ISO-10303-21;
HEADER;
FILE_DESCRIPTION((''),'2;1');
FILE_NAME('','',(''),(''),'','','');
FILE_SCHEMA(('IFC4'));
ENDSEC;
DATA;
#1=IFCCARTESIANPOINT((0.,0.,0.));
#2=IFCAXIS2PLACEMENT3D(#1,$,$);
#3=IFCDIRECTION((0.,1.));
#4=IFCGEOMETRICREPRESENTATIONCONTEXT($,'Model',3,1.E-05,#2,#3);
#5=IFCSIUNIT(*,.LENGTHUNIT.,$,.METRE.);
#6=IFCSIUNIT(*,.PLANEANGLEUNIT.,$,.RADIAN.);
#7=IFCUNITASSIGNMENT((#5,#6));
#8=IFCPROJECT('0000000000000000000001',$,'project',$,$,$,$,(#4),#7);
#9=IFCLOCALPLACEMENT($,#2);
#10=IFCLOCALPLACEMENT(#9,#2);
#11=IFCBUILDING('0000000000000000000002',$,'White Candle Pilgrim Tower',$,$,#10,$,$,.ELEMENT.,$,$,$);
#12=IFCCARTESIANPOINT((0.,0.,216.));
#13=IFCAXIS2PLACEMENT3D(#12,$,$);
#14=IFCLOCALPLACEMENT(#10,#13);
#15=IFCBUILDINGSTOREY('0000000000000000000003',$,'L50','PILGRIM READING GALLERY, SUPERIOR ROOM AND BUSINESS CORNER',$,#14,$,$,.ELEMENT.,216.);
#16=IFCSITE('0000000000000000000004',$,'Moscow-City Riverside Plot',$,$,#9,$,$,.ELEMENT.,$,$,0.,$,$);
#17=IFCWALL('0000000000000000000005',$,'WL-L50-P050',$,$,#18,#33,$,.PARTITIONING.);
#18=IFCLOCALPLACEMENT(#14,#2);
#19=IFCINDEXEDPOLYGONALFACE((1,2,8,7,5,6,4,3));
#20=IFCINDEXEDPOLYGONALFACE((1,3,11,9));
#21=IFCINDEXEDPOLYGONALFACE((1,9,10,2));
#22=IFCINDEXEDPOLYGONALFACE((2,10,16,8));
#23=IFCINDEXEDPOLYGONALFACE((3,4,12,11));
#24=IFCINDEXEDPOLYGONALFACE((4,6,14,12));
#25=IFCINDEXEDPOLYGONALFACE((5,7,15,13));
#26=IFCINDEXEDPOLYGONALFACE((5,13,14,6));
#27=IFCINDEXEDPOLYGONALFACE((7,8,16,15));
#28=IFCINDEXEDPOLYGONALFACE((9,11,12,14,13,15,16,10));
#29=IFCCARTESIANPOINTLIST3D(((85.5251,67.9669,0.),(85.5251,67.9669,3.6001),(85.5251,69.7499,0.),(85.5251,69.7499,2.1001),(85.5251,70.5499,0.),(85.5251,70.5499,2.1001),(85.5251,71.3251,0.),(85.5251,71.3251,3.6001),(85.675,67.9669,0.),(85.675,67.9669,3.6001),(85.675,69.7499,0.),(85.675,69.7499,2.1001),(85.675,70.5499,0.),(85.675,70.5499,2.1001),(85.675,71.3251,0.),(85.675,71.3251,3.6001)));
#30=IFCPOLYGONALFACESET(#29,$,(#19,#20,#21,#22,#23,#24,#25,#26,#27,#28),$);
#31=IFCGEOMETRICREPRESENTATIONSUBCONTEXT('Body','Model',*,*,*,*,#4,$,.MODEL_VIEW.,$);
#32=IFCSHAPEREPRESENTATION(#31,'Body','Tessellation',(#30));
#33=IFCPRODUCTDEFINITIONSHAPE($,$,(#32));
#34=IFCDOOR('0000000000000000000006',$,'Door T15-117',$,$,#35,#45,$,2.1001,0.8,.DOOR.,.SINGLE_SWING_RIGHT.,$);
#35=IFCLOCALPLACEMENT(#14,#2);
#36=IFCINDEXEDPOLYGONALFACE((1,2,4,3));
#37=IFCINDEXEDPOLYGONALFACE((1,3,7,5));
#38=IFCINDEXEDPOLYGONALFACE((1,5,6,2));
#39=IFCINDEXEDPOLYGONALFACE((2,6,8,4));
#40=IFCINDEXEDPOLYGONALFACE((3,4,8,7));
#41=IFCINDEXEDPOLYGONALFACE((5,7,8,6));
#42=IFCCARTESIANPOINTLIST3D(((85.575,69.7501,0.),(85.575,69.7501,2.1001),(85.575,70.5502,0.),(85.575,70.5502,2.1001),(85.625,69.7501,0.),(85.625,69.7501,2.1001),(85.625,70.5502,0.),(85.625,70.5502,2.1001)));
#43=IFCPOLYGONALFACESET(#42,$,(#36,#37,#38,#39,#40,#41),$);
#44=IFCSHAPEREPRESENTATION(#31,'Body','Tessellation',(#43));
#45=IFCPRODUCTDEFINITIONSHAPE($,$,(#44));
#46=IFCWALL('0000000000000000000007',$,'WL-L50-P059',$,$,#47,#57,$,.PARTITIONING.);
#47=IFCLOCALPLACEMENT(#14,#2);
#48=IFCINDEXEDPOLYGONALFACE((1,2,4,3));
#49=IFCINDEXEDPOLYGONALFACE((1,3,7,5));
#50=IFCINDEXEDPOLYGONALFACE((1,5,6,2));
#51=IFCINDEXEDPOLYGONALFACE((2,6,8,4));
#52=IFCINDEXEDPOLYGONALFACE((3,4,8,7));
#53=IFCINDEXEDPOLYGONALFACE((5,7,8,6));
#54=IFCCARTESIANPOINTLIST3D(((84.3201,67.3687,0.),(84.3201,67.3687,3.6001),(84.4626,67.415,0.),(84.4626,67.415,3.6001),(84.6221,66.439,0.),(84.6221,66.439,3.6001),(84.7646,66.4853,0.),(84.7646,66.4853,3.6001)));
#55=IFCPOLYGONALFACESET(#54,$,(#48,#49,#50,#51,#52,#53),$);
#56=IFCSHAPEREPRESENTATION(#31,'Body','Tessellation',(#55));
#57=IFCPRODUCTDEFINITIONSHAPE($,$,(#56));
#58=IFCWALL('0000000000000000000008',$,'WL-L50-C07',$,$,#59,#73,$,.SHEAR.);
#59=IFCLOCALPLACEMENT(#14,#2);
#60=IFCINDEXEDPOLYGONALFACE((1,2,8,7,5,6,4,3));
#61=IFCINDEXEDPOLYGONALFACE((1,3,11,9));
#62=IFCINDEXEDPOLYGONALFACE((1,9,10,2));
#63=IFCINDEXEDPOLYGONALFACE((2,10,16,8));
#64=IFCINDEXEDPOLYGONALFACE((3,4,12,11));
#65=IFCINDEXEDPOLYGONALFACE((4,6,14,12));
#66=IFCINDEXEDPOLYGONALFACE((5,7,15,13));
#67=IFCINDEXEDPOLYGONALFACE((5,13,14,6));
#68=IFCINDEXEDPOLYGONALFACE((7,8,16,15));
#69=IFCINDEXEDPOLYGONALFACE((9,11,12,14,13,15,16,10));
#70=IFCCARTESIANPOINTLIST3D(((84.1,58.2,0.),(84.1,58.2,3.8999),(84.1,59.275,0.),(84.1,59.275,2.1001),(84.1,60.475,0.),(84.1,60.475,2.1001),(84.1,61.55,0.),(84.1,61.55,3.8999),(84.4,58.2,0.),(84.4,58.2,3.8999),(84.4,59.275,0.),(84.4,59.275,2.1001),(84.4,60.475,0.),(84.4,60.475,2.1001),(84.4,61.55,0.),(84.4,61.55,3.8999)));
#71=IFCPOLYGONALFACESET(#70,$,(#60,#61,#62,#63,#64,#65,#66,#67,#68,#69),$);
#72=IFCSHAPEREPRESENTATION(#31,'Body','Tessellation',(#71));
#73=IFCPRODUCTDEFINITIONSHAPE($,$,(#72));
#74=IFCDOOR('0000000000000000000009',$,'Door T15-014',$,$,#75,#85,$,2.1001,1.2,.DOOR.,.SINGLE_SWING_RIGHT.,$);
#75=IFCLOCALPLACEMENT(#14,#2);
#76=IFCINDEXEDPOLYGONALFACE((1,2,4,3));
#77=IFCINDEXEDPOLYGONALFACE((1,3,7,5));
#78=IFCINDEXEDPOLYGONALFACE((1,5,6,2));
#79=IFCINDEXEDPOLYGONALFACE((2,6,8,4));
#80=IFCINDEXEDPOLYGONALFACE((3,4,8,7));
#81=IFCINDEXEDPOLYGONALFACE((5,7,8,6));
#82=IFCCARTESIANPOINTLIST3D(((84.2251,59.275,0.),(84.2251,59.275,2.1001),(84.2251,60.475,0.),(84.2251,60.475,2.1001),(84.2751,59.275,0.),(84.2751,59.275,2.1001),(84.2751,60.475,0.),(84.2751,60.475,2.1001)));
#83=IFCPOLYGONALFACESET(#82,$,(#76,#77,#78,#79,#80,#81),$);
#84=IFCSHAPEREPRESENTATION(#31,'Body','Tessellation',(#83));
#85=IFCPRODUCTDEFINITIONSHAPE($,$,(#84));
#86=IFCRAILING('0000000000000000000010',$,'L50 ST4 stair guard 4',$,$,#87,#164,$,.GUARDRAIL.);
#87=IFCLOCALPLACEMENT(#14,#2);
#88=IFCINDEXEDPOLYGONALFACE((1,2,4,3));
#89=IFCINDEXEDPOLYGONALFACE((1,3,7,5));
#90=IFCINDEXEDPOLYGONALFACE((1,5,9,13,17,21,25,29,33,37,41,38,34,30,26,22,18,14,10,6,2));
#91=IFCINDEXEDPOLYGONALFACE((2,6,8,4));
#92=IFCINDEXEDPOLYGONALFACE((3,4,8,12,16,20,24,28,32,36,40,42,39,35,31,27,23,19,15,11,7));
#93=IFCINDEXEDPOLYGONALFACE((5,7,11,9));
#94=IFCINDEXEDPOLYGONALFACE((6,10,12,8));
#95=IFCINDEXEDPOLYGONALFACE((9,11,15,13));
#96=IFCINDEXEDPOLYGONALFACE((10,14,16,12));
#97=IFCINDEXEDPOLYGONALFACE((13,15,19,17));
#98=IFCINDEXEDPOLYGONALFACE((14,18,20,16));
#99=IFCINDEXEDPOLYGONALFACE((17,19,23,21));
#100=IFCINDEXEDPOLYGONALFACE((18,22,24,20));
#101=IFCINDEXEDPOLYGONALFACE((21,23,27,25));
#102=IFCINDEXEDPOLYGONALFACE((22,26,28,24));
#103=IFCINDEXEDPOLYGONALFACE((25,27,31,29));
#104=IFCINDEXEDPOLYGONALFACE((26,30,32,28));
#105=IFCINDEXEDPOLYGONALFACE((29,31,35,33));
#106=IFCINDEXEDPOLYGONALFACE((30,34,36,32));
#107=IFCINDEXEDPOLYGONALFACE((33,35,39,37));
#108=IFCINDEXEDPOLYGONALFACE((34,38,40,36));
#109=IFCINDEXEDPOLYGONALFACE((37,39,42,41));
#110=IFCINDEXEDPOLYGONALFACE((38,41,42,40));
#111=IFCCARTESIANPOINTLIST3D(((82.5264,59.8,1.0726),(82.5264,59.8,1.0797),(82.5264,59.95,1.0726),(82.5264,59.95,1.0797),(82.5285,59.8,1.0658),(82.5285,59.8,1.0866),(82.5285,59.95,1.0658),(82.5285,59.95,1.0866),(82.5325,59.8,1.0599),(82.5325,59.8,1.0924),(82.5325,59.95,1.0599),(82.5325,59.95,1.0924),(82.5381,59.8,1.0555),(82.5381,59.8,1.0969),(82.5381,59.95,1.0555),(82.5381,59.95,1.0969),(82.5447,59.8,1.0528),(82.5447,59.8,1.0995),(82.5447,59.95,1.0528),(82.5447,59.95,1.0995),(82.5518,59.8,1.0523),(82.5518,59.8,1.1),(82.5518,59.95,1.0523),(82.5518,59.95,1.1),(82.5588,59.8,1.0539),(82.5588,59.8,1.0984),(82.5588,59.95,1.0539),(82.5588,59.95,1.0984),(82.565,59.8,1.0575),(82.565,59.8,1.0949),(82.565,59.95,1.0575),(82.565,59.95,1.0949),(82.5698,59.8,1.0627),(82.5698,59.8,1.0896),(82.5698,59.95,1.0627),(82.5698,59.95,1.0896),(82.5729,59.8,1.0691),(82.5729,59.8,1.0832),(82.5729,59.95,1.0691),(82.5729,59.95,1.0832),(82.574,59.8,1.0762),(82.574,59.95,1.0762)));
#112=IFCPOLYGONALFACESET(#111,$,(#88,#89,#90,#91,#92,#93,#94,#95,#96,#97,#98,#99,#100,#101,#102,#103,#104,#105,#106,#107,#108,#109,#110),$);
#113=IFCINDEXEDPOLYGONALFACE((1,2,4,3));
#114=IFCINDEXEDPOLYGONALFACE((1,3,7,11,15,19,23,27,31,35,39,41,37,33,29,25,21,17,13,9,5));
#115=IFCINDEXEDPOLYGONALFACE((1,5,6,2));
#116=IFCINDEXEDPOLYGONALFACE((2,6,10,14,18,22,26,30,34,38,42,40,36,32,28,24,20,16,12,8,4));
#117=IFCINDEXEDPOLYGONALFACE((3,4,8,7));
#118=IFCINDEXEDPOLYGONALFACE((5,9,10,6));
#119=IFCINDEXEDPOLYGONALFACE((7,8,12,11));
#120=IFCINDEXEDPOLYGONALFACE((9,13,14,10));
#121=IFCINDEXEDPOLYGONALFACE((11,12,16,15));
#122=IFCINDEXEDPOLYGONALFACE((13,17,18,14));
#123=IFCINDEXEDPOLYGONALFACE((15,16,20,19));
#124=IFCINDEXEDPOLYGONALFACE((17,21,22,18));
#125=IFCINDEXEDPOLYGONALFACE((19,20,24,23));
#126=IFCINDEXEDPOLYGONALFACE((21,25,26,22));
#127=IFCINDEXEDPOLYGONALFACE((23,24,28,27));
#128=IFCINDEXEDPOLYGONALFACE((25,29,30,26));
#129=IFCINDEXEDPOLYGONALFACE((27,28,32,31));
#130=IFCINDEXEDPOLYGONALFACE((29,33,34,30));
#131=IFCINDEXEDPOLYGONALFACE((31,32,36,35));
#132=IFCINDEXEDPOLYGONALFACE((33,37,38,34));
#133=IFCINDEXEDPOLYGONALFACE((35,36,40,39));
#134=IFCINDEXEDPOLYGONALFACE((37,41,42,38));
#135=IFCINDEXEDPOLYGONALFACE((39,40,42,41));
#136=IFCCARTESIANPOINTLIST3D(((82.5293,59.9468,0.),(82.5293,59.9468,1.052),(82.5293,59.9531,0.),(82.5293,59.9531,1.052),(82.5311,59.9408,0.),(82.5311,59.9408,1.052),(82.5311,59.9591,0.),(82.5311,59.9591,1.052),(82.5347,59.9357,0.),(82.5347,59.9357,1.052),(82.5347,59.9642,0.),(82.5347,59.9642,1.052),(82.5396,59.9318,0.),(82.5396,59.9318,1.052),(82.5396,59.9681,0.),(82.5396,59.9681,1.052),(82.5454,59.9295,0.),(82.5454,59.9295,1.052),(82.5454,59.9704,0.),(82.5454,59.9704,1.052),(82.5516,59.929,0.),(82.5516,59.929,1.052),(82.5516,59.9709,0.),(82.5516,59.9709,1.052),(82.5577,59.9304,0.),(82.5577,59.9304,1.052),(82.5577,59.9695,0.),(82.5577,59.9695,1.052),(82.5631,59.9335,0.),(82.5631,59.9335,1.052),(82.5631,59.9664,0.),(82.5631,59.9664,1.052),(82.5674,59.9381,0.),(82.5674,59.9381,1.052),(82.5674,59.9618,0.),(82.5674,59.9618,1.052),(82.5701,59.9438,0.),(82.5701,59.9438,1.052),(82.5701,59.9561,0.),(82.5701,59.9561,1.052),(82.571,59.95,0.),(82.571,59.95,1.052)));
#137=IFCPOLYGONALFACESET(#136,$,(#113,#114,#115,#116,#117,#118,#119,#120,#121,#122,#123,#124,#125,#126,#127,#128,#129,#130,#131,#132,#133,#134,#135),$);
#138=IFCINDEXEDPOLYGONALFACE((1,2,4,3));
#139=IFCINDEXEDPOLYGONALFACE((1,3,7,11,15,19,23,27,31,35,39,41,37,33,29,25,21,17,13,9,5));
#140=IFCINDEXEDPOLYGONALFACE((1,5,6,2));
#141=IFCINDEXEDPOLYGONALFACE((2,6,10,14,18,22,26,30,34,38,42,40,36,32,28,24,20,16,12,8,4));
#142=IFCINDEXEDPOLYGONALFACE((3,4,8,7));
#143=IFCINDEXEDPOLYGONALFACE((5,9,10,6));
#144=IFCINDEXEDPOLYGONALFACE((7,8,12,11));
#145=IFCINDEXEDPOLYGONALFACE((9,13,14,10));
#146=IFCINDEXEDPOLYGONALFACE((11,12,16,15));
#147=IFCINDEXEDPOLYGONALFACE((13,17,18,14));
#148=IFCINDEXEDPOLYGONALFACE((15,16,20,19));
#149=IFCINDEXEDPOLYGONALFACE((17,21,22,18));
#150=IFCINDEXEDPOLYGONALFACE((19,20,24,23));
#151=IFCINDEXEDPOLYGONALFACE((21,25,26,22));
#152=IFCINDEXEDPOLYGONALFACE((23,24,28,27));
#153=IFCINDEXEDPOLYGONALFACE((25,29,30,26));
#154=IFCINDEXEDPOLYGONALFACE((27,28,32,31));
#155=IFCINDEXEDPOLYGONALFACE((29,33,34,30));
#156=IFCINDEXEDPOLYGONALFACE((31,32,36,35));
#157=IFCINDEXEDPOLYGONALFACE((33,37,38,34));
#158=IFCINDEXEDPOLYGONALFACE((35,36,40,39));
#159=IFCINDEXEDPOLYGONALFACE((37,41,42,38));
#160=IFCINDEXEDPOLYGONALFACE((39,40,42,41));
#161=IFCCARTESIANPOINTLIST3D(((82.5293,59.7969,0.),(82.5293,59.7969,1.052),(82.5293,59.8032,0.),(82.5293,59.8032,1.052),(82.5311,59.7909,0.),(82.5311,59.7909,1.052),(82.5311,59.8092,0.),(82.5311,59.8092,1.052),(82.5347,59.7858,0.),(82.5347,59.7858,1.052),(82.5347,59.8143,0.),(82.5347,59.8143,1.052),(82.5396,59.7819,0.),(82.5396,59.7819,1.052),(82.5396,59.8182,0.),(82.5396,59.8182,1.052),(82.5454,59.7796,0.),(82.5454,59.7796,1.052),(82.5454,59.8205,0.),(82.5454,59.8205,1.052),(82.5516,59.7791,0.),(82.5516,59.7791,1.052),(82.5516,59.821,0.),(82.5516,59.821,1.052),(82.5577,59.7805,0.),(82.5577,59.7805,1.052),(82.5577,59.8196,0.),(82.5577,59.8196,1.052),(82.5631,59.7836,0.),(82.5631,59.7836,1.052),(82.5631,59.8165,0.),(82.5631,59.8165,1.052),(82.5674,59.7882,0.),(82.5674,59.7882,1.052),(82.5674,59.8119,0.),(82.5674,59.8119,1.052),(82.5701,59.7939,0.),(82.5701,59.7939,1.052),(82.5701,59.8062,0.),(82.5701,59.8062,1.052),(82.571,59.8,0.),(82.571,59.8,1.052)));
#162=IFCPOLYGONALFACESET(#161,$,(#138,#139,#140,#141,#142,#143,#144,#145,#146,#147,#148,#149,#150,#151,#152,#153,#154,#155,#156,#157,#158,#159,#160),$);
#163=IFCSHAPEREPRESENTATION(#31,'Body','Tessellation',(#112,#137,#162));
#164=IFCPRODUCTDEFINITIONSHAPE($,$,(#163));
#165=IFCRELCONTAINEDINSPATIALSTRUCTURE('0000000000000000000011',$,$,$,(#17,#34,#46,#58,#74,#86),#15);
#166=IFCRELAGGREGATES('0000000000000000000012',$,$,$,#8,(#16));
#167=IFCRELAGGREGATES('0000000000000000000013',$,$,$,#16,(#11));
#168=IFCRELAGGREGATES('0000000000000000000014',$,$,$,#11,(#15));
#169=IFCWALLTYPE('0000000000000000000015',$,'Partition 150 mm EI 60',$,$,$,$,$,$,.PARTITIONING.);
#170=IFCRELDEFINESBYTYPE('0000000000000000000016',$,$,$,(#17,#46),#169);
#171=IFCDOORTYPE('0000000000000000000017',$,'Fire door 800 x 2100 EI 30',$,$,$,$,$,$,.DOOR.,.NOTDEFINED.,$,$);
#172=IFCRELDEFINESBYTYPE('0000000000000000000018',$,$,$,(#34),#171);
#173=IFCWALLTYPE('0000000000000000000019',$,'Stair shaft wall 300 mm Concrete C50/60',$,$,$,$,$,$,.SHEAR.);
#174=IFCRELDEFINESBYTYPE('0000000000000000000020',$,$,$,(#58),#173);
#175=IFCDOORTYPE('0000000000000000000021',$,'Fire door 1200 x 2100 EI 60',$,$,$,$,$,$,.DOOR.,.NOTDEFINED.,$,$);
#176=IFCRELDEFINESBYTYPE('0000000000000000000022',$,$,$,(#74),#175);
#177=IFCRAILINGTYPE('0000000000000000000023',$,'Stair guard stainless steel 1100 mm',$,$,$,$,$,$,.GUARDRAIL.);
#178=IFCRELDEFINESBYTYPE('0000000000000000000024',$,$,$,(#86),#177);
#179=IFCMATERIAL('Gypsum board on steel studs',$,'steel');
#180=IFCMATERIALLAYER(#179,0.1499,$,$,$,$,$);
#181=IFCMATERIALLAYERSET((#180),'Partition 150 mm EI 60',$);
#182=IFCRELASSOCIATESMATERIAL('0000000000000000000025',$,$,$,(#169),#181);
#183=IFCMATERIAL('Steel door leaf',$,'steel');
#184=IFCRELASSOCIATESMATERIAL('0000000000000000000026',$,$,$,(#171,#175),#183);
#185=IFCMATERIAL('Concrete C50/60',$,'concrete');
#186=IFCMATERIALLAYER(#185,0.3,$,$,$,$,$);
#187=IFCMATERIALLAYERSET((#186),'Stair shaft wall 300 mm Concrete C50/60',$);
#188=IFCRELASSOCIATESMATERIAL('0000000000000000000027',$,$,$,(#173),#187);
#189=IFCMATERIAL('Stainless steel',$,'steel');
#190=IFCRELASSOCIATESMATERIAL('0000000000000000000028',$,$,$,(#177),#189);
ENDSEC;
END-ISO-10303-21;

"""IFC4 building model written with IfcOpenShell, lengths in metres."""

from ifc_helpers import new_model, si_unit, direction, frame, frame_2d, origin, origin_2d, place, context, subcontext, project, spatial, rectangle, circle, extrude, material, layer, layer_set, type_object, element, fill, save


model = new_model("IFC4")

# Units and contexts
model_context = context("Model", 3, precision=1e-05, world=origin(), true_north=direction((0.0, 1.0)))
body_context = subcontext(model_context, "Body", "Model", "MODEL_VIEW")
ifc_project = project(units=[si_unit("LENGTHUNIT", "METRE"), si_unit("PLANEANGLEUNIT", "RADIAN")], contexts=[model_context])

# Site, building, storey
site_placement = place(None, origin())
site = spatial("IfcSite", under=ifc_project, at=site_placement, Name="Moscow-City Riverside Plot", CompositionType="ELEMENT", RefElevation=0.0)
building_placement = place(site_placement, origin())
building = spatial("IfcBuilding", under=site, at=building_placement, Name="White Candle Pilgrim Tower", CompositionType="ELEMENT")
storey_placement = place(building_placement, frame((0.0, 0.0, 216.0)))
storey = spatial("IfcBuildingStorey", under=building, at=storey_placement, Name="L50", Description="PILGRIM READING GALLERY, SUPERIOR ROOM AND BUSINESS CORNER", CompositionType="ELEMENT", Elevation=216.0)

# Shared definitions
ifc_material_1 = material(Name="Concrete C50/60", Category="concrete")

# Shared definitions
ifc_material_2 = material(Name="Gypsum board on steel studs", Category="steel")
ifc_material_3 = material(Name="Steel door leaf", Category="steel")

# Shared definitions
ifc_layer_1 = layer(ifc_material_2, 0.1499)
ifc_layer_set_1 = layer_set([ifc_layer_1], Name="Partition 150 mm EI 60")
wall_type_1 = type_object("IfcWallType", Name="Partition 150 mm EI 60", PredefinedType="PARTITIONING", material=ifc_layer_set_1)

# Wall, opening, door
wall_1_placement = place(storey_placement, frame((85.6001, 67.9668, 0.0), z_axis=(0.0, 0.0, 1.0), x_axis=(0.0, 1.0, 0.0)))
wall_1 = element("IfcWall", 1, at=wall_1_placement, inside=storey, type_object=wall_type_1, Name="WL-L50-P050", PredefinedType="PARTITIONING", context=body_context, shape_type="SweptSolid", body=[
    extrude(rectangle(XDim=3.3582, YDim=0.1499, at=frame_2d((1.6792, 0.0))), origin(), (0.0, 0.0, 1.0), 3.6001),
])
opening_1_placement = place(wall_1_placement, frame((1.7832, 0.0, 0.0)))
opening_1 = element("IfcOpeningElement", 2, at=opening_1_placement, cuts=wall_1, PredefinedType="OPENING", context=body_context, shape_type="SweptSolid", body=[
    extrude(rectangle(XDim=0.8, YDim=2.1001, at=frame_2d((0.3999, 1.05))), frame((0.0, 0.085, 0.0), z_axis=(0.0, -1.0, 0.0), x_axis=(1.0, 0.0, 0.0)), (0.0, 0.0, 1.0), 0.1699),
])
door_type_1 = type_object("IfcDoorType", Name="Fire door 800 x 2100 EI 30", OperationType="NOTDEFINED", PredefinedType="DOOR", material=ifc_material_3)
door_1_placement = place(opening_1_placement, frame((0.8, 0.0, 0.0), z_axis=(0.0, 0.0, 1.0), x_axis=(-1.0, 0.0, 0.0)))
door_1 = element("IfcDoor", 3, at=door_1_placement, inside=storey, type_object=door_type_1, Name="Door T15-117", OperationType="SINGLE_SWING_RIGHT", OverallHeight=2.1001, OverallWidth=0.8, PredefinedType="DOOR", context=body_context, shape_type="SweptSolid", body=[
    extrude(rectangle(XDim=0.8, YDim=2.1001, at=frame_2d((0.3999, 1.05))), frame((0.0, 0.0249, 0.0), z_axis=(0.0, -1.0, 0.0), x_axis=(1.0, 0.0, 0.0)), (0.0, 0.0, 1.0), 0.05),
])
fill(opening_1, door_1)

# Wall
wall_2_placement = place(storey_placement, frame((84.6934, 66.4622, 0.0), z_axis=(0.0, 0.0, 1.0), x_axis=(-0.308951, 0.951078, 0.0)))
element("IfcWall", 4, at=wall_2_placement, inside=storey, type_object=wall_type_1, Name="WL-L50-P059", PredefinedType="PARTITIONING", context=body_context, shape_type="SweptSolid", body=[
    extrude(rectangle(XDim=0.9775, YDim=0.1499, at=frame_2d((0.4888, 0.0))), origin(), (0.0, 0.0, 1.0), 3.6001),
])

# Wall, opening, door
ifc_layer_2 = layer(ifc_material_1, 0.3)
ifc_layer_set_2 = layer_set([ifc_layer_2], Name="Stair shaft wall 300 mm Concrete C50/60")
wall_type_2 = type_object("IfcWallType", Name="Stair shaft wall 300 mm Concrete C50/60", PredefinedType="SHEAR", material=ifc_layer_set_2)
wall_3_placement = place(storey_placement, frame((84.25, 58.2, 0.0), z_axis=(0.0, 0.0, 1.0), x_axis=(0.0, 1.0, 0.0)))
wall_3 = element("IfcWall", 5, at=wall_3_placement, inside=storey, type_object=wall_type_2, Name="WL-L50-C07", PredefinedType="SHEAR", context=body_context, shape_type="SweptSolid", body=[
    extrude(rectangle(XDim=3.3501, YDim=0.3, at=frame_2d((1.675, 0.0))), origin(), (0.0, 0.0, 1.0), 3.8999),
])
opening_2_placement = place(wall_3_placement, frame((1.075, 0.0, 0.0)))
opening_2 = element("IfcOpeningElement", 6, at=opening_2_placement, cuts=wall_3, PredefinedType="OPENING", context=body_context, shape_type="SweptSolid", body=[
    extrude(rectangle(XDim=1.2, YDim=2.1001, at=frame_2d((0.6001, 1.05))), frame((0.0, 0.1599, 0.0), z_axis=(0.0, -1.0, 0.0), x_axis=(1.0, 0.0, 0.0)), (0.0, 0.0, 1.0), 0.3201),
])
door_type_2 = type_object("IfcDoorType", Name="Fire door 1200 x 2100 EI 60", OperationType="NOTDEFINED", PredefinedType="DOOR", material=ifc_material_3)
door_2_placement = place(opening_2_placement, origin())
door_2 = element("IfcDoor", 7, at=door_2_placement, inside=storey, type_object=door_type_2, Name="Door T15-014", OperationType="SINGLE_SWING_RIGHT", OverallHeight=2.1001, OverallWidth=1.2, PredefinedType="DOOR", context=body_context, shape_type="SweptSolid", body=[
    extrude(rectangle(XDim=1.2, YDim=2.1001, at=frame_2d((0.6001, 1.05))), frame((0.0, 0.0249, 0.0), z_axis=(0.0, -1.0, 0.0), x_axis=(1.0, 0.0, 0.0)), (0.0, 0.0, 1.0), 0.05),
])
fill(opening_2, door_2)

# Railing
ifc_material_4 = material(Name="Stainless steel", Category="steel")
railing_type_1 = type_object("IfcRailingType", Name="Stair guard stainless steel 1100 mm", PredefinedType="GUARDRAIL", material=ifc_material_4)
railing_1_placement = place(storey_placement, frame((82.55, 59.95, 0.0)))
element("IfcRailing", 8, at=railing_1_placement, inside=storey, type_object=railing_type_1, Name="L50 ST4 stair guard 4", PredefinedType="GUARDRAIL", context=body_context, shape_type="SweptSolid", body=[
    extrude(circle(Radius=0.0239, at=origin_2d()), frame((0.0, 0.0, 1.0762), z_axis=(0.0, -1.0, 0.0), x_axis=(1.0, 0.0, 0.0)), (0.0, 0.0, 1.0), 0.1499),
    extrude(circle(Radius=0.021, at=origin_2d()), origin(), (0.0, 0.0, 1.0), 1.052),
    extrude(circle(Radius=0.021, at=origin_2d()), frame((0.0, -0.1499, 0.0)), (0.0, 0.0, 1.0), 1.052),
])

save(model, "model.ifc")
